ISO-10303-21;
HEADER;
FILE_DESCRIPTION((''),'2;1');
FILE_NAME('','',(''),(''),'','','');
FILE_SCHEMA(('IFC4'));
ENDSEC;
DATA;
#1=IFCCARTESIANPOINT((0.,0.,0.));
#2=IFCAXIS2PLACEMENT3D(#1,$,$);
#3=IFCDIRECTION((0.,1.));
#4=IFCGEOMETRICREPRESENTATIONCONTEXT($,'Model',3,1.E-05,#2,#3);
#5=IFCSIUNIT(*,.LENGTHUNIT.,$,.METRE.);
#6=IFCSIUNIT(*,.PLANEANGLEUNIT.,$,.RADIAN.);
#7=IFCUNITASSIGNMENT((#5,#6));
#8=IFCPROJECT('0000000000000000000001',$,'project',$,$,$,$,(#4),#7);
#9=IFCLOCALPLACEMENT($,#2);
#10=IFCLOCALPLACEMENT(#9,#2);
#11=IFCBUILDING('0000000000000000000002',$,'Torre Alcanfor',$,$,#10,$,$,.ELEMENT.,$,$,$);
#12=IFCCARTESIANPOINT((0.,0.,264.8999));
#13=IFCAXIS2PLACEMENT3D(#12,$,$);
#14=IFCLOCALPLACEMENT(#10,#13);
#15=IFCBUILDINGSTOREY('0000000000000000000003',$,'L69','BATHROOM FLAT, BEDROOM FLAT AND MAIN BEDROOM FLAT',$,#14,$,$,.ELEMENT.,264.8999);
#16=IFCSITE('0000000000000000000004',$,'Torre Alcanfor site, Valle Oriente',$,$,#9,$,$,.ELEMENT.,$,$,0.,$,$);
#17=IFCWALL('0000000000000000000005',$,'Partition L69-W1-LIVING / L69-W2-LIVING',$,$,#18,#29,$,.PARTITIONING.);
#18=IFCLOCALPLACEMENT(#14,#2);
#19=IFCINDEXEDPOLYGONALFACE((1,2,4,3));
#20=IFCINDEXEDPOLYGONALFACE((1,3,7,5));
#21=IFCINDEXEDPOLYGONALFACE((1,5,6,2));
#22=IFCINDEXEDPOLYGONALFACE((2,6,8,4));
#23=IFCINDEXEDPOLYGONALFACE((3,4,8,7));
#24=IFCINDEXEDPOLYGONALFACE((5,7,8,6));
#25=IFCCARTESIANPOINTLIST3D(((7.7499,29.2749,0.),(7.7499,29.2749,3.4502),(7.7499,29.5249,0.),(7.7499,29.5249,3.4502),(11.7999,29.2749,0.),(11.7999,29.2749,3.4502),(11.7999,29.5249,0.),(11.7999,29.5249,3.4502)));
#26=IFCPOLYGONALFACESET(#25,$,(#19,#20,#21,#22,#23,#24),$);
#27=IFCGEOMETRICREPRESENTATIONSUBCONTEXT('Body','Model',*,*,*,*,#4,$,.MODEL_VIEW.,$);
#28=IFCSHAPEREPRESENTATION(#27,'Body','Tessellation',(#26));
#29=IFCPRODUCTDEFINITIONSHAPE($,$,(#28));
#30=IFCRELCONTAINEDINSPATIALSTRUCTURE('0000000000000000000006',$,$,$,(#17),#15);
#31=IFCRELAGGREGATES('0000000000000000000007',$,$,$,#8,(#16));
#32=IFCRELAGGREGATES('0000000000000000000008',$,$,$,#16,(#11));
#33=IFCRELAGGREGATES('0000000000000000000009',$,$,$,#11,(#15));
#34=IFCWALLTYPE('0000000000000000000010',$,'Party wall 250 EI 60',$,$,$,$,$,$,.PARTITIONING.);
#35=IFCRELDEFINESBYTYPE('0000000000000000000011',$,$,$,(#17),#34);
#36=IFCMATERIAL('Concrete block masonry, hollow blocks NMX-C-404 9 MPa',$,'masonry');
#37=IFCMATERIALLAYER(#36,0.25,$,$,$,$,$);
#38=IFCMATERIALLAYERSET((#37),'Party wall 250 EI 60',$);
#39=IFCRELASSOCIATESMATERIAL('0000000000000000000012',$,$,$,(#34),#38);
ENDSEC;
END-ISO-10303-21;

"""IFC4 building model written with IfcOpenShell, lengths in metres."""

from ifc_helpers import new_model, si_unit, direction, frame, frame_2d, origin, place, context, subcontext, project, spatial, rectangle, extrude, material, layer, layer_set, type_object, element, save


model = new_model("IFC4")

# Units and contexts
model_context = context("Model", 3, precision=1e-05, world=origin(), true_north=direction((0.0, 1.0)))
body_context = subcontext(model_context, "Body", "Model", "MODEL_VIEW")
ifc_project = project(units=[si_unit("LENGTHUNIT", "METRE"), si_unit("PLANEANGLEUNIT", "RADIAN")], contexts=[model_context])

# Site, building, storey
site_placement = place(None, origin())
site = spatial("IfcSite", under=ifc_project, at=site_placement, Name="Torre Alcanfor site, Valle Oriente", CompositionType="ELEMENT", RefElevation=0.0)
building_placement = place(site_placement, origin())
building = spatial("IfcBuilding", under=site, at=building_placement, Name="Torre Alcanfor", CompositionType="ELEMENT")
storey_placement = place(building_placement, frame((0.0, 0.0, 264.8999)))
storey = spatial("IfcBuildingStorey", under=building, at=storey_placement, Name="L69", Description="BATHROOM FLAT, BEDROOM FLAT AND MAIN BEDROOM FLAT", CompositionType="ELEMENT", Elevation=264.8999)

# Wall
ifc_material_1 = material(Name="Concrete block masonry, hollow blocks NMX-C-404 9 MPa", Category="masonry")
ifc_layer_1 = layer(ifc_material_1, 0.25)
ifc_layer_set_1 = layer_set([ifc_layer_1], Name="Party wall 250 EI 60")
wall_type_1 = type_object("IfcWallType", Name="Party wall 250 EI 60", PredefinedType="PARTITIONING", material=ifc_layer_set_1)
wall_1_placement = place(storey_placement, frame((7.75, 29.3999, 0.0), z_axis=(0.0, 0.0, 1.0), x_axis=(1.0, 0.0, 0.0)))
element("IfcWall", 1, at=wall_1_placement, inside=storey, type_object=wall_type_1, Name="Partition L69-W1-LIVING / L69-W2-LIVING", PredefinedType="PARTITIONING", context=body_context, shape_type="SweptSolid", body=[
    extrude(rectangle(XDim=4.05, YDim=0.25, at=frame_2d((2.0249, 0.0))), origin(), (0.0, 0.0, 1.0), 3.4502),
])

save(model, "model.ifc")
